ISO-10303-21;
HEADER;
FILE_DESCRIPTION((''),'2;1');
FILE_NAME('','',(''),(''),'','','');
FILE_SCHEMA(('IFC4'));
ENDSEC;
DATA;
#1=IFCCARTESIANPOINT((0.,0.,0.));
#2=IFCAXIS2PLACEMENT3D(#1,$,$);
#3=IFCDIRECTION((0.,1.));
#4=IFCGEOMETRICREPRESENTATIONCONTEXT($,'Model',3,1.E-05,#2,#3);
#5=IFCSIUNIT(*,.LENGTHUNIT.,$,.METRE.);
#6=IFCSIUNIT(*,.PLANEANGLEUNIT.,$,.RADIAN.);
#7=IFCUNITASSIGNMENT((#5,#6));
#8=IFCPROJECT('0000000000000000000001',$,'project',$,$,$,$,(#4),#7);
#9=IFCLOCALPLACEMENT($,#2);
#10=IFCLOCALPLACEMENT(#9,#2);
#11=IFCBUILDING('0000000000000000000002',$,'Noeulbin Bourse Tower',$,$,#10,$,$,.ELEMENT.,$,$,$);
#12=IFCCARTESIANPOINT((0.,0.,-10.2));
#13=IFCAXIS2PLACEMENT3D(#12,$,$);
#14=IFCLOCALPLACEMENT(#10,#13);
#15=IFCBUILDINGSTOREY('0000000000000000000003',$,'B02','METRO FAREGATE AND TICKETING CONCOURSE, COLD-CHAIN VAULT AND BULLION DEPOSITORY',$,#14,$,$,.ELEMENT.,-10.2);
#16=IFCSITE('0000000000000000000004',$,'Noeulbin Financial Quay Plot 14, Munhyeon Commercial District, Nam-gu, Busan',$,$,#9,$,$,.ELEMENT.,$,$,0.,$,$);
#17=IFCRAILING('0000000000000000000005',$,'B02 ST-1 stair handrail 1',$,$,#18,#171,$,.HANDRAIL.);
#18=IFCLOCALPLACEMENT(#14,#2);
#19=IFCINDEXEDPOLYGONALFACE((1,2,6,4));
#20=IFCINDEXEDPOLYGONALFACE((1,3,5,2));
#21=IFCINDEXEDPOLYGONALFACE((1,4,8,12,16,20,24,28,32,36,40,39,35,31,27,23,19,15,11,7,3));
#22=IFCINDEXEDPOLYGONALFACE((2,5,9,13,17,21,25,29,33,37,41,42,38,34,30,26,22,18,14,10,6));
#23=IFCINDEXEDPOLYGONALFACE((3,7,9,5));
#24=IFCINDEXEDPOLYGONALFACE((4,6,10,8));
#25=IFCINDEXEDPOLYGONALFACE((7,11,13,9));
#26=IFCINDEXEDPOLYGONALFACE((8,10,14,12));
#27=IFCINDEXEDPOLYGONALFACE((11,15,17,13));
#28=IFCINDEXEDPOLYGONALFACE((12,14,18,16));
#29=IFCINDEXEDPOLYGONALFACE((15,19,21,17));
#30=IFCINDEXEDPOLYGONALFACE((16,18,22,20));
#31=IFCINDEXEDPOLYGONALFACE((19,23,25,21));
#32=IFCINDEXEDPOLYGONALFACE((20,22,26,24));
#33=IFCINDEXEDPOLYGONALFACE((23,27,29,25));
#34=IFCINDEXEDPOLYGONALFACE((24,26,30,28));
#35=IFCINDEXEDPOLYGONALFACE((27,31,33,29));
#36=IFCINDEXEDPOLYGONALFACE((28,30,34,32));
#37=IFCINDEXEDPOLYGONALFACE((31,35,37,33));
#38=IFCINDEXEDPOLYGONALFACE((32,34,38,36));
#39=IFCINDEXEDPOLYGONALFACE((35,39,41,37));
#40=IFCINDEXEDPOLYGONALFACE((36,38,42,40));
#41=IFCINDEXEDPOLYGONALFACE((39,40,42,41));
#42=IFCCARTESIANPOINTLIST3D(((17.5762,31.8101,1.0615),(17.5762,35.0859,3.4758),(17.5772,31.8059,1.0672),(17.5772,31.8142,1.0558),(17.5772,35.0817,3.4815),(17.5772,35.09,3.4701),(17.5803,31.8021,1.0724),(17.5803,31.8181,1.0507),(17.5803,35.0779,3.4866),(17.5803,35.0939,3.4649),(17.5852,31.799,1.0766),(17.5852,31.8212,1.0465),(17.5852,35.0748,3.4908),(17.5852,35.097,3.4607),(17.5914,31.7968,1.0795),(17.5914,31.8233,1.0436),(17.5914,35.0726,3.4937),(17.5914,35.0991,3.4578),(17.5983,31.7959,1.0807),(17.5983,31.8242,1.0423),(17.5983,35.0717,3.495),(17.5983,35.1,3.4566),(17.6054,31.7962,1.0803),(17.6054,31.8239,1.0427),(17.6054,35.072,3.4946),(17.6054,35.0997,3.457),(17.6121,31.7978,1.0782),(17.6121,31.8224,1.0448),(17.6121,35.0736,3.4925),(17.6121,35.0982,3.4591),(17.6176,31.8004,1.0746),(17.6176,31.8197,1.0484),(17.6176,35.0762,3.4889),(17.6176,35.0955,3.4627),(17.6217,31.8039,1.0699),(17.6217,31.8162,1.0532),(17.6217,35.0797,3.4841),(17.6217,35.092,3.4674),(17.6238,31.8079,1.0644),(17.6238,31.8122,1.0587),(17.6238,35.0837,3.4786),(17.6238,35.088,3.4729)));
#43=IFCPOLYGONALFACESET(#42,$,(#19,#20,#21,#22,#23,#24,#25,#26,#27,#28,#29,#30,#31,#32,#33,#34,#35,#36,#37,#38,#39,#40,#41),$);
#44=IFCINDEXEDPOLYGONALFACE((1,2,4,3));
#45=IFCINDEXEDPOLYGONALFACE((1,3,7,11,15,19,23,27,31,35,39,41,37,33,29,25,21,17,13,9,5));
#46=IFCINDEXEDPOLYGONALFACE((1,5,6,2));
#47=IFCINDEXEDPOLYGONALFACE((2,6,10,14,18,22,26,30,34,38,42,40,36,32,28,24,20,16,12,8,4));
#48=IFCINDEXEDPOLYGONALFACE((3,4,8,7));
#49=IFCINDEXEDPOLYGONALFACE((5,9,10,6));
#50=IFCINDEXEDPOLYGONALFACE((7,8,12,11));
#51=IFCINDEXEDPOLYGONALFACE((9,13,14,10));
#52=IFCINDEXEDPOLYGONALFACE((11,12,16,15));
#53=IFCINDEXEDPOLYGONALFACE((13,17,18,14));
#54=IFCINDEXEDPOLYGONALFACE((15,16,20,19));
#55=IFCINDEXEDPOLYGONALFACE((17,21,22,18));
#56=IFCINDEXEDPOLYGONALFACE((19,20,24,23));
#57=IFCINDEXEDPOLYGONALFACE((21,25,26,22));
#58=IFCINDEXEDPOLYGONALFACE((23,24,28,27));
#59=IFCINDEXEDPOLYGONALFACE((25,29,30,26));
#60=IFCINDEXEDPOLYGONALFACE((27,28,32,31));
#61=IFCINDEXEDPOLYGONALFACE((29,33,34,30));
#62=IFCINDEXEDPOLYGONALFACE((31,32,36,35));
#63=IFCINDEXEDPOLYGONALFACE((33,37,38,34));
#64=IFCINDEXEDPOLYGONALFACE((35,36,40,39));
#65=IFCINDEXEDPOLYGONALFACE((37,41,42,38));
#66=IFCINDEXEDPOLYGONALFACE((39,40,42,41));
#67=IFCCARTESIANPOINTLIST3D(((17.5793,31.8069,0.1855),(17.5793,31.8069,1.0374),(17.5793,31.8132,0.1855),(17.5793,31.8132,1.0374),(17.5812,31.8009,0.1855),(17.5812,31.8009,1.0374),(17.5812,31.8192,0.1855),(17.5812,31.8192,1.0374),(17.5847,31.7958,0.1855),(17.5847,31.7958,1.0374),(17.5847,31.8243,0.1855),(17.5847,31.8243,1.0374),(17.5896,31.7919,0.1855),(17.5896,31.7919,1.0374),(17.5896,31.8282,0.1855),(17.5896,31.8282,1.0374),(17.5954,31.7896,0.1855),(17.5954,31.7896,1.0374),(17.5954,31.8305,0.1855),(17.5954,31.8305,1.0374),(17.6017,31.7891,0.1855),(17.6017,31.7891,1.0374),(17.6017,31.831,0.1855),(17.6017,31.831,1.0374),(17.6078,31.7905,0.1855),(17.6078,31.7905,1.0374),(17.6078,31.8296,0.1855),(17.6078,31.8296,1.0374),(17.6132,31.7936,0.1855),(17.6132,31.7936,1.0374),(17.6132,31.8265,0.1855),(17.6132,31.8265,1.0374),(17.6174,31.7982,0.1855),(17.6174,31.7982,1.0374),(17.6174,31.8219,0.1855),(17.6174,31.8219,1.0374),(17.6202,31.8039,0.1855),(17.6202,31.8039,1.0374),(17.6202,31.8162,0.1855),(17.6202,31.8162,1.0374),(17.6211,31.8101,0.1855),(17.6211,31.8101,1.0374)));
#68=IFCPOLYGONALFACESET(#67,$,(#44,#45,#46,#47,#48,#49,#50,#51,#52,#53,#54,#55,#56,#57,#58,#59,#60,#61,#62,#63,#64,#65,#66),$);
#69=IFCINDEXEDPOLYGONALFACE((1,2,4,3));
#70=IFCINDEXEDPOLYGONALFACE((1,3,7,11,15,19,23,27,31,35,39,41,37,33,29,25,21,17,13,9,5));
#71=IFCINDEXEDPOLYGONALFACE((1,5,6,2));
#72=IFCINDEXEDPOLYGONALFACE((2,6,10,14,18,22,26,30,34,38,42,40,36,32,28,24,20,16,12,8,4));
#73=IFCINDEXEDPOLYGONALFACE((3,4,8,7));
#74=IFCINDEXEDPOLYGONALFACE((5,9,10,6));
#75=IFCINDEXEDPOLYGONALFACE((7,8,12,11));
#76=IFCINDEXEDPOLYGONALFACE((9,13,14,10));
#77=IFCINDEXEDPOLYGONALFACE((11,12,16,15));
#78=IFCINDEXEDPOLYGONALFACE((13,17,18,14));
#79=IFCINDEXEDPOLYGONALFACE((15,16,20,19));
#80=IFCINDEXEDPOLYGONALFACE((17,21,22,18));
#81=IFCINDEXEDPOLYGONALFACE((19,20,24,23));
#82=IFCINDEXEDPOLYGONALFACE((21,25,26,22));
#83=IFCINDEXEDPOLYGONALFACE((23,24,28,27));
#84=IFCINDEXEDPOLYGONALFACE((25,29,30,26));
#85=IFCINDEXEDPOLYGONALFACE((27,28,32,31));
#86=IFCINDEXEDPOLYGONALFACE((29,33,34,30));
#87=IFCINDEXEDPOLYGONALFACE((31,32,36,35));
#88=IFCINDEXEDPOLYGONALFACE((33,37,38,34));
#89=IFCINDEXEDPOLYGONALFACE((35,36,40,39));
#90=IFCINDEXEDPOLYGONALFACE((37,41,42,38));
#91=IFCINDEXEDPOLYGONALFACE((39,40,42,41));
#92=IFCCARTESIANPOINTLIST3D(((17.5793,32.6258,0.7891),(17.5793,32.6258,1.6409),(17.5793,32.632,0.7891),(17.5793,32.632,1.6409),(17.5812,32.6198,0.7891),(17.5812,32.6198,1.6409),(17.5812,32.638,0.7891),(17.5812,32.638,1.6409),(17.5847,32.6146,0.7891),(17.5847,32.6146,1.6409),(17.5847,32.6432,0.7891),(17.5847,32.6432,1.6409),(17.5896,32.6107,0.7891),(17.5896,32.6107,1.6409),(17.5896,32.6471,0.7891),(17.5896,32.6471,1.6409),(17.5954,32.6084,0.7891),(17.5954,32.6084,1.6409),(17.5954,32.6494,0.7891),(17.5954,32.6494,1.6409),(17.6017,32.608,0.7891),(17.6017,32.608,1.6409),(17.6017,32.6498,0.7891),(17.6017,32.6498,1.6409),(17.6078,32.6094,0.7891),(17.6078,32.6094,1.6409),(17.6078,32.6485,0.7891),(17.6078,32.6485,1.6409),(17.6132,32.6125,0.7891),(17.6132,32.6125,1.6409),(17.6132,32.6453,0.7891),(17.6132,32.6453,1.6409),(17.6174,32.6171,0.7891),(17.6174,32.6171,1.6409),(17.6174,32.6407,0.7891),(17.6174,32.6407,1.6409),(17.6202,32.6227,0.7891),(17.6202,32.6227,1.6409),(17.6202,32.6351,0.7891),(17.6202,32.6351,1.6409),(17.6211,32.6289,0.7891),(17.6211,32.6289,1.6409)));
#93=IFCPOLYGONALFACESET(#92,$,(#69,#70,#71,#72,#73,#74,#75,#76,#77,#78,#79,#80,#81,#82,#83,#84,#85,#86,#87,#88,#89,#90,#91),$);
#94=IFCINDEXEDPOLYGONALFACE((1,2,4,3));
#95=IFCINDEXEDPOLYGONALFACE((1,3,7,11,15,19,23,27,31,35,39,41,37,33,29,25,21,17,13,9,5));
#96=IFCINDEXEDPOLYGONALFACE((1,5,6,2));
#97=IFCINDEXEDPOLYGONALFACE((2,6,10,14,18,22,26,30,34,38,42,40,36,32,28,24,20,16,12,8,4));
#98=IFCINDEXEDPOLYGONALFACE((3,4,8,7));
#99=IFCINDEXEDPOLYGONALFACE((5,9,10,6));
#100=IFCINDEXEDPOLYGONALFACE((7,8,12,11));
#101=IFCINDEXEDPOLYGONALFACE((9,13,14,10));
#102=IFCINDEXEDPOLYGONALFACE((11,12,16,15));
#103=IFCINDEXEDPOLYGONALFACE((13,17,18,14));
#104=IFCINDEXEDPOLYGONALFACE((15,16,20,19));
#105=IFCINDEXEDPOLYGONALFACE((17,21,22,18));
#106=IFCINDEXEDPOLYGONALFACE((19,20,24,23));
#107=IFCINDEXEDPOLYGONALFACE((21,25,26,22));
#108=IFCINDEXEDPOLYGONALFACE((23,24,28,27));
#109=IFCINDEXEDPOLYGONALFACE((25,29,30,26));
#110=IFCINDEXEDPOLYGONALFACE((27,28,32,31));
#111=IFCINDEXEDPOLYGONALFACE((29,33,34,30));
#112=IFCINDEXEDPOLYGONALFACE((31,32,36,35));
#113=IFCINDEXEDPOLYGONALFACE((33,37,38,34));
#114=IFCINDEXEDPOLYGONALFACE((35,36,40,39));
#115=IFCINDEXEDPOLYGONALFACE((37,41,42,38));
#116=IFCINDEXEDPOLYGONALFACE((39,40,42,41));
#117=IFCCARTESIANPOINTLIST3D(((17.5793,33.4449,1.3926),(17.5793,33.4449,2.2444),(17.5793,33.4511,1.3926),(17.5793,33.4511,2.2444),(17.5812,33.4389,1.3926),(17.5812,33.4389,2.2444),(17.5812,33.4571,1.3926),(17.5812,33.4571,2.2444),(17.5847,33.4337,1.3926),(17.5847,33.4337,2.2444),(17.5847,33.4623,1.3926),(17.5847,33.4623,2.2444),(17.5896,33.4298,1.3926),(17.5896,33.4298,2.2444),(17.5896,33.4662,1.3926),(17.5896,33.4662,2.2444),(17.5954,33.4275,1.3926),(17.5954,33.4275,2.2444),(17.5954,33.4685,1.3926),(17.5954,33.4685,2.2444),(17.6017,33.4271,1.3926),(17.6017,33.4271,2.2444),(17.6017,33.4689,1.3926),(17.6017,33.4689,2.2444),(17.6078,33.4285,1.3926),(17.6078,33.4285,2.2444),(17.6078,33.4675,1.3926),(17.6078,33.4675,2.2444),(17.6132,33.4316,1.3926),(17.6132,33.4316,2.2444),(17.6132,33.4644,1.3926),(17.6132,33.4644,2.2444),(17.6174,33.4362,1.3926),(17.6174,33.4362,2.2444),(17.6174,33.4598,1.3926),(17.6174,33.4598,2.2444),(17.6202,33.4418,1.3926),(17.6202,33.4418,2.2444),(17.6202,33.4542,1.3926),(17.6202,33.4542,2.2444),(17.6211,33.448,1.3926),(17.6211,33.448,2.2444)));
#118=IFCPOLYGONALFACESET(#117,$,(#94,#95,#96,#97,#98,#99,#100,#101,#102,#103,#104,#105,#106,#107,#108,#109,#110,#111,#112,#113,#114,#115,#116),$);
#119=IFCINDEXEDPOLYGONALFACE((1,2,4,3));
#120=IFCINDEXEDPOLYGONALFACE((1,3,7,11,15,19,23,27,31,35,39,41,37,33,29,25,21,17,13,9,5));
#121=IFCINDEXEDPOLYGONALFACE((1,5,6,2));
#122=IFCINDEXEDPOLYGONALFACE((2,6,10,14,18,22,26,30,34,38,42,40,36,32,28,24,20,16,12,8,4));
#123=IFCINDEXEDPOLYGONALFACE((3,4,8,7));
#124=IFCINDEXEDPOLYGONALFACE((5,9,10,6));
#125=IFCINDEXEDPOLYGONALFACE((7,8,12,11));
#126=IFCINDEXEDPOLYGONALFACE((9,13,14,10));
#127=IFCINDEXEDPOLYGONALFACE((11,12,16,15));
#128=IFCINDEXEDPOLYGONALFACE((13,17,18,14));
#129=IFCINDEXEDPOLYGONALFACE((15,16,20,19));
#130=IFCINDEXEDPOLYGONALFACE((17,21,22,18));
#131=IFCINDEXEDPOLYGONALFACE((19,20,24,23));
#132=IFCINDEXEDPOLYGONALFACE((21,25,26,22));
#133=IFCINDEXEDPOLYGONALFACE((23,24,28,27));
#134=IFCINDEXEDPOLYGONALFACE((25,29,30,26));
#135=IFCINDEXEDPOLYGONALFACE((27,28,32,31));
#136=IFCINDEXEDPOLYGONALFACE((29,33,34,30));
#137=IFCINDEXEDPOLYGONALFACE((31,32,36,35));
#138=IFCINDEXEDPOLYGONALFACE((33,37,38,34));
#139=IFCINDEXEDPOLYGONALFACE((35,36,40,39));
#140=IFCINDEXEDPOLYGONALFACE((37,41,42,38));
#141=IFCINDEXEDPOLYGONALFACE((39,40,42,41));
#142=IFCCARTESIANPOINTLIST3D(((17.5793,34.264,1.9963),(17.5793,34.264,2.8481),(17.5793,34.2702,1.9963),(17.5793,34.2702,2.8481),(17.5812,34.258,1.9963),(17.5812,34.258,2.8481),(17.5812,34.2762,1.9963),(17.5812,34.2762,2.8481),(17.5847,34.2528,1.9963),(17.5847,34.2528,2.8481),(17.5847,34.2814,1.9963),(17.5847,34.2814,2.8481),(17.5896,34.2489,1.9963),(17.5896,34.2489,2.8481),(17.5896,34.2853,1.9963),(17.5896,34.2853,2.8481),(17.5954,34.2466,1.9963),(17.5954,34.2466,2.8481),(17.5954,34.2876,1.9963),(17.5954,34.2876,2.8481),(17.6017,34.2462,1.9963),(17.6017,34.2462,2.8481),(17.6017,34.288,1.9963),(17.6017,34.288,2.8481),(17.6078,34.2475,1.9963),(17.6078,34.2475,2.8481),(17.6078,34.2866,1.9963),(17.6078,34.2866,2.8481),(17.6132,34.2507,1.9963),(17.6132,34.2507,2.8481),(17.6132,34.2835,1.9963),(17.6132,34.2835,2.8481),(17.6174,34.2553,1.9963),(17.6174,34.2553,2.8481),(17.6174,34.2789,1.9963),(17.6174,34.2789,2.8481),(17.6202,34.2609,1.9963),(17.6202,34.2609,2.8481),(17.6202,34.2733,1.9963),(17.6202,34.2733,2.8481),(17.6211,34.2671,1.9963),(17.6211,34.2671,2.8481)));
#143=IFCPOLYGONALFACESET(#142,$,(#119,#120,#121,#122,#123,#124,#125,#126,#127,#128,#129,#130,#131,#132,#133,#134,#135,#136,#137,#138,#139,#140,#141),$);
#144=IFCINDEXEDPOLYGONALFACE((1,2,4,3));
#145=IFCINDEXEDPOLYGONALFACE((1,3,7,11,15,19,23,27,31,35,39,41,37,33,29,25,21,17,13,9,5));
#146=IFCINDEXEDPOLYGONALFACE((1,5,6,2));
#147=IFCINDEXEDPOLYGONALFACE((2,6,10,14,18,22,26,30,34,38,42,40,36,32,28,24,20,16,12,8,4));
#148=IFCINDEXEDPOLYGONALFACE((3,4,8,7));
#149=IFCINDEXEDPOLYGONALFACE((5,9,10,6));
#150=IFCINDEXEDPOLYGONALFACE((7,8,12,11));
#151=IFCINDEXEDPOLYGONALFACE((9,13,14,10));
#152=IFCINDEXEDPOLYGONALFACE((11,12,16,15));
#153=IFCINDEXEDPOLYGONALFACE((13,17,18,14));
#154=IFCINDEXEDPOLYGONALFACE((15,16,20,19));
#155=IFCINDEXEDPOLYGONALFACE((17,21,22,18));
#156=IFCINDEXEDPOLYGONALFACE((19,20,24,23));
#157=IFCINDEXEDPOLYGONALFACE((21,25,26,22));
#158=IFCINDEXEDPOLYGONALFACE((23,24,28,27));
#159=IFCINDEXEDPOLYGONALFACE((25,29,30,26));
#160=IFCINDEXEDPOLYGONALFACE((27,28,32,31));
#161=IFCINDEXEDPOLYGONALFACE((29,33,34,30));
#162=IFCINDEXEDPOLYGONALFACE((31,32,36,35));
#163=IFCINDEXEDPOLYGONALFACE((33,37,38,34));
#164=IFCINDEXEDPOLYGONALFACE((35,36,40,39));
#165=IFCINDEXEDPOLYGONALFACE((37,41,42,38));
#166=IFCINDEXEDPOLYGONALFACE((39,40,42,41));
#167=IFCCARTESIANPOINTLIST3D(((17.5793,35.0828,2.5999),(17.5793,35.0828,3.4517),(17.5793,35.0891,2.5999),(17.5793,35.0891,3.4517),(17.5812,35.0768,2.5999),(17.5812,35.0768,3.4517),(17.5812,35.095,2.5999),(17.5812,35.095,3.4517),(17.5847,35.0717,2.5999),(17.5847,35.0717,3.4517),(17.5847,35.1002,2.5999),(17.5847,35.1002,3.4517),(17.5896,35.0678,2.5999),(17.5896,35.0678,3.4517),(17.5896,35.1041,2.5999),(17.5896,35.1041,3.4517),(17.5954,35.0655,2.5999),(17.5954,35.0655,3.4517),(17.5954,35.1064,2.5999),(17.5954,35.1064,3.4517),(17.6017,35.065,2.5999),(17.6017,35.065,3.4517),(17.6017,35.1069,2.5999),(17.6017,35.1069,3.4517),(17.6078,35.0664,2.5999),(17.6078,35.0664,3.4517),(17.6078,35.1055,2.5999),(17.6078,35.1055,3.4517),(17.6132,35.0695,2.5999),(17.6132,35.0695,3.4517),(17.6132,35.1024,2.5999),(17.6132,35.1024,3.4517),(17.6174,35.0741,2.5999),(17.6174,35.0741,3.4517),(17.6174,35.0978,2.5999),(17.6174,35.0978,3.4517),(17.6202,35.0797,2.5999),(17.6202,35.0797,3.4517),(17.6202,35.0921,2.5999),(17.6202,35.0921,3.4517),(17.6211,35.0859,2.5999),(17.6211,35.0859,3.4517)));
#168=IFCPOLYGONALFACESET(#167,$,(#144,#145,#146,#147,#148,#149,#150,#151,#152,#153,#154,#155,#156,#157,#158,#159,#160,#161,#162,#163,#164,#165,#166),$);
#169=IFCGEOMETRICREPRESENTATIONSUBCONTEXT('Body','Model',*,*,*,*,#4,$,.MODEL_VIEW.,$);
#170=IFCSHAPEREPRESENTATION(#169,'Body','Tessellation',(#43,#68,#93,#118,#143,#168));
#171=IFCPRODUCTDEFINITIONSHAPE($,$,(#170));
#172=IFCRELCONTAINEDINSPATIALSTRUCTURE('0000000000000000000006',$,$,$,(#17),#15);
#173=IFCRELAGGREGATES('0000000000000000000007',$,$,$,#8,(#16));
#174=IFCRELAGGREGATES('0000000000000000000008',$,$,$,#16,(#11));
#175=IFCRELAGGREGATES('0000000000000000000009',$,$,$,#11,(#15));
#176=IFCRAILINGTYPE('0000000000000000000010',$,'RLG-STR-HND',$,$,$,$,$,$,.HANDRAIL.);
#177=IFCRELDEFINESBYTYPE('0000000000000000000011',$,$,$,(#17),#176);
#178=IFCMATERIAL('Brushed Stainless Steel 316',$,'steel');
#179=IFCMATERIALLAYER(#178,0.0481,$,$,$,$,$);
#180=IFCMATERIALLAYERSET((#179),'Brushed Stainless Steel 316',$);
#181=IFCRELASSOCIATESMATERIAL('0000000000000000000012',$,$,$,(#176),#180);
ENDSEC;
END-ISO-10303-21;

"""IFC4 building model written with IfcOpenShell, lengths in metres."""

from ifc_helpers import new_model, si_unit, direction, frame, origin, origin_2d, place, context, subcontext, project, spatial, circle, extrude, material, layer, layer_set, type_object, element, save


model = new_model("IFC4")

# Units and contexts
model_context = context("Model", 3, precision=1e-05, world=origin(), true_north=direction((0.0, 1.0)))
body_context = subcontext(model_context, "Body", "Model", "MODEL_VIEW")
ifc_project = project(units=[si_unit("LENGTHUNIT", "METRE"), si_unit("PLANEANGLEUNIT", "RADIAN")], contexts=[model_context])

# Site, building, storey
site_placement = place(None, origin())
site = spatial("IfcSite", under=ifc_project, at=site_placement, Name="Noeulbin Financial Quay Plot 14, Munhyeon Commercial District, Nam-gu, Busan", CompositionType="ELEMENT", RefElevation=0.0)
building_placement = place(site_placement, origin())
building = spatial("IfcBuilding", under=site, at=building_placement, Name="Noeulbin Bourse Tower", CompositionType="ELEMENT")
storey_placement = place(building_placement, frame((0.0, 0.0, -10.2)))
storey = spatial("IfcBuildingStorey", under=building, at=storey_placement, Name="B02", Description="METRO FAREGATE AND TICKETING CONCOURSE, COLD-CHAIN VAULT AND BULLION DEPOSITORY", CompositionType="ELEMENT", Elevation=-10.2)

# Shared definitions
ifc_material_1 = material(Name="Brushed Stainless Steel 316", Category="steel")

# Railing
ifc_layer_1 = layer(ifc_material_1, 0.0481)
ifc_layer_set_1 = layer_set([ifc_layer_1], Name="Brushed Stainless Steel 316")
railing_type_1 = type_object("IfcRailingType", Name="RLG-STR-HND", PredefinedType="HANDRAIL", material=ifc_layer_set_1)
railing_1_placement = place(storey_placement, frame((17.6001, 31.8101, 0.1855)))
element("IfcRailing", 1, at=railing_1_placement, inside=storey, type_object=railing_type_1, Name="B02 ST-1 stair handrail 1", PredefinedType="HANDRAIL", context=body_context, shape_type="SweptSolid", body=[
    extrude(circle(Radius=0.0239, at=origin_2d()), frame((0.0, 0.0, 0.876), z_axis=(0.0, 0.804997, 0.593279), x_axis=(-1.0, 0.0, 0.0)), (0.0, 0.0, 1.0), 4.0693),
    extrude(circle(Radius=0.021, at=origin_2d()), origin(), (0.0, 0.0, 1.0), 0.8518),
    extrude(circle(Radius=0.021, at=origin_2d()), frame((0.0, 0.8188, 0.6035)), (0.0, 0.0, 1.0), 0.8518),
    extrude(circle(Radius=0.021, at=origin_2d()), frame((0.0, 1.6379, 1.207)), (0.0, 0.0, 1.0), 0.8518),
    extrude(circle(Radius=0.021, at=origin_2d()), frame((0.0, 2.457, 1.8108)), (0.0, 0.0, 1.0), 0.8518),
    extrude(circle(Radius=0.021, at=origin_2d()), frame((0.0, 3.2759, 2.4143)), (0.0, 0.0, 1.0), 0.8518),
])

save(model, "model.ifc")
